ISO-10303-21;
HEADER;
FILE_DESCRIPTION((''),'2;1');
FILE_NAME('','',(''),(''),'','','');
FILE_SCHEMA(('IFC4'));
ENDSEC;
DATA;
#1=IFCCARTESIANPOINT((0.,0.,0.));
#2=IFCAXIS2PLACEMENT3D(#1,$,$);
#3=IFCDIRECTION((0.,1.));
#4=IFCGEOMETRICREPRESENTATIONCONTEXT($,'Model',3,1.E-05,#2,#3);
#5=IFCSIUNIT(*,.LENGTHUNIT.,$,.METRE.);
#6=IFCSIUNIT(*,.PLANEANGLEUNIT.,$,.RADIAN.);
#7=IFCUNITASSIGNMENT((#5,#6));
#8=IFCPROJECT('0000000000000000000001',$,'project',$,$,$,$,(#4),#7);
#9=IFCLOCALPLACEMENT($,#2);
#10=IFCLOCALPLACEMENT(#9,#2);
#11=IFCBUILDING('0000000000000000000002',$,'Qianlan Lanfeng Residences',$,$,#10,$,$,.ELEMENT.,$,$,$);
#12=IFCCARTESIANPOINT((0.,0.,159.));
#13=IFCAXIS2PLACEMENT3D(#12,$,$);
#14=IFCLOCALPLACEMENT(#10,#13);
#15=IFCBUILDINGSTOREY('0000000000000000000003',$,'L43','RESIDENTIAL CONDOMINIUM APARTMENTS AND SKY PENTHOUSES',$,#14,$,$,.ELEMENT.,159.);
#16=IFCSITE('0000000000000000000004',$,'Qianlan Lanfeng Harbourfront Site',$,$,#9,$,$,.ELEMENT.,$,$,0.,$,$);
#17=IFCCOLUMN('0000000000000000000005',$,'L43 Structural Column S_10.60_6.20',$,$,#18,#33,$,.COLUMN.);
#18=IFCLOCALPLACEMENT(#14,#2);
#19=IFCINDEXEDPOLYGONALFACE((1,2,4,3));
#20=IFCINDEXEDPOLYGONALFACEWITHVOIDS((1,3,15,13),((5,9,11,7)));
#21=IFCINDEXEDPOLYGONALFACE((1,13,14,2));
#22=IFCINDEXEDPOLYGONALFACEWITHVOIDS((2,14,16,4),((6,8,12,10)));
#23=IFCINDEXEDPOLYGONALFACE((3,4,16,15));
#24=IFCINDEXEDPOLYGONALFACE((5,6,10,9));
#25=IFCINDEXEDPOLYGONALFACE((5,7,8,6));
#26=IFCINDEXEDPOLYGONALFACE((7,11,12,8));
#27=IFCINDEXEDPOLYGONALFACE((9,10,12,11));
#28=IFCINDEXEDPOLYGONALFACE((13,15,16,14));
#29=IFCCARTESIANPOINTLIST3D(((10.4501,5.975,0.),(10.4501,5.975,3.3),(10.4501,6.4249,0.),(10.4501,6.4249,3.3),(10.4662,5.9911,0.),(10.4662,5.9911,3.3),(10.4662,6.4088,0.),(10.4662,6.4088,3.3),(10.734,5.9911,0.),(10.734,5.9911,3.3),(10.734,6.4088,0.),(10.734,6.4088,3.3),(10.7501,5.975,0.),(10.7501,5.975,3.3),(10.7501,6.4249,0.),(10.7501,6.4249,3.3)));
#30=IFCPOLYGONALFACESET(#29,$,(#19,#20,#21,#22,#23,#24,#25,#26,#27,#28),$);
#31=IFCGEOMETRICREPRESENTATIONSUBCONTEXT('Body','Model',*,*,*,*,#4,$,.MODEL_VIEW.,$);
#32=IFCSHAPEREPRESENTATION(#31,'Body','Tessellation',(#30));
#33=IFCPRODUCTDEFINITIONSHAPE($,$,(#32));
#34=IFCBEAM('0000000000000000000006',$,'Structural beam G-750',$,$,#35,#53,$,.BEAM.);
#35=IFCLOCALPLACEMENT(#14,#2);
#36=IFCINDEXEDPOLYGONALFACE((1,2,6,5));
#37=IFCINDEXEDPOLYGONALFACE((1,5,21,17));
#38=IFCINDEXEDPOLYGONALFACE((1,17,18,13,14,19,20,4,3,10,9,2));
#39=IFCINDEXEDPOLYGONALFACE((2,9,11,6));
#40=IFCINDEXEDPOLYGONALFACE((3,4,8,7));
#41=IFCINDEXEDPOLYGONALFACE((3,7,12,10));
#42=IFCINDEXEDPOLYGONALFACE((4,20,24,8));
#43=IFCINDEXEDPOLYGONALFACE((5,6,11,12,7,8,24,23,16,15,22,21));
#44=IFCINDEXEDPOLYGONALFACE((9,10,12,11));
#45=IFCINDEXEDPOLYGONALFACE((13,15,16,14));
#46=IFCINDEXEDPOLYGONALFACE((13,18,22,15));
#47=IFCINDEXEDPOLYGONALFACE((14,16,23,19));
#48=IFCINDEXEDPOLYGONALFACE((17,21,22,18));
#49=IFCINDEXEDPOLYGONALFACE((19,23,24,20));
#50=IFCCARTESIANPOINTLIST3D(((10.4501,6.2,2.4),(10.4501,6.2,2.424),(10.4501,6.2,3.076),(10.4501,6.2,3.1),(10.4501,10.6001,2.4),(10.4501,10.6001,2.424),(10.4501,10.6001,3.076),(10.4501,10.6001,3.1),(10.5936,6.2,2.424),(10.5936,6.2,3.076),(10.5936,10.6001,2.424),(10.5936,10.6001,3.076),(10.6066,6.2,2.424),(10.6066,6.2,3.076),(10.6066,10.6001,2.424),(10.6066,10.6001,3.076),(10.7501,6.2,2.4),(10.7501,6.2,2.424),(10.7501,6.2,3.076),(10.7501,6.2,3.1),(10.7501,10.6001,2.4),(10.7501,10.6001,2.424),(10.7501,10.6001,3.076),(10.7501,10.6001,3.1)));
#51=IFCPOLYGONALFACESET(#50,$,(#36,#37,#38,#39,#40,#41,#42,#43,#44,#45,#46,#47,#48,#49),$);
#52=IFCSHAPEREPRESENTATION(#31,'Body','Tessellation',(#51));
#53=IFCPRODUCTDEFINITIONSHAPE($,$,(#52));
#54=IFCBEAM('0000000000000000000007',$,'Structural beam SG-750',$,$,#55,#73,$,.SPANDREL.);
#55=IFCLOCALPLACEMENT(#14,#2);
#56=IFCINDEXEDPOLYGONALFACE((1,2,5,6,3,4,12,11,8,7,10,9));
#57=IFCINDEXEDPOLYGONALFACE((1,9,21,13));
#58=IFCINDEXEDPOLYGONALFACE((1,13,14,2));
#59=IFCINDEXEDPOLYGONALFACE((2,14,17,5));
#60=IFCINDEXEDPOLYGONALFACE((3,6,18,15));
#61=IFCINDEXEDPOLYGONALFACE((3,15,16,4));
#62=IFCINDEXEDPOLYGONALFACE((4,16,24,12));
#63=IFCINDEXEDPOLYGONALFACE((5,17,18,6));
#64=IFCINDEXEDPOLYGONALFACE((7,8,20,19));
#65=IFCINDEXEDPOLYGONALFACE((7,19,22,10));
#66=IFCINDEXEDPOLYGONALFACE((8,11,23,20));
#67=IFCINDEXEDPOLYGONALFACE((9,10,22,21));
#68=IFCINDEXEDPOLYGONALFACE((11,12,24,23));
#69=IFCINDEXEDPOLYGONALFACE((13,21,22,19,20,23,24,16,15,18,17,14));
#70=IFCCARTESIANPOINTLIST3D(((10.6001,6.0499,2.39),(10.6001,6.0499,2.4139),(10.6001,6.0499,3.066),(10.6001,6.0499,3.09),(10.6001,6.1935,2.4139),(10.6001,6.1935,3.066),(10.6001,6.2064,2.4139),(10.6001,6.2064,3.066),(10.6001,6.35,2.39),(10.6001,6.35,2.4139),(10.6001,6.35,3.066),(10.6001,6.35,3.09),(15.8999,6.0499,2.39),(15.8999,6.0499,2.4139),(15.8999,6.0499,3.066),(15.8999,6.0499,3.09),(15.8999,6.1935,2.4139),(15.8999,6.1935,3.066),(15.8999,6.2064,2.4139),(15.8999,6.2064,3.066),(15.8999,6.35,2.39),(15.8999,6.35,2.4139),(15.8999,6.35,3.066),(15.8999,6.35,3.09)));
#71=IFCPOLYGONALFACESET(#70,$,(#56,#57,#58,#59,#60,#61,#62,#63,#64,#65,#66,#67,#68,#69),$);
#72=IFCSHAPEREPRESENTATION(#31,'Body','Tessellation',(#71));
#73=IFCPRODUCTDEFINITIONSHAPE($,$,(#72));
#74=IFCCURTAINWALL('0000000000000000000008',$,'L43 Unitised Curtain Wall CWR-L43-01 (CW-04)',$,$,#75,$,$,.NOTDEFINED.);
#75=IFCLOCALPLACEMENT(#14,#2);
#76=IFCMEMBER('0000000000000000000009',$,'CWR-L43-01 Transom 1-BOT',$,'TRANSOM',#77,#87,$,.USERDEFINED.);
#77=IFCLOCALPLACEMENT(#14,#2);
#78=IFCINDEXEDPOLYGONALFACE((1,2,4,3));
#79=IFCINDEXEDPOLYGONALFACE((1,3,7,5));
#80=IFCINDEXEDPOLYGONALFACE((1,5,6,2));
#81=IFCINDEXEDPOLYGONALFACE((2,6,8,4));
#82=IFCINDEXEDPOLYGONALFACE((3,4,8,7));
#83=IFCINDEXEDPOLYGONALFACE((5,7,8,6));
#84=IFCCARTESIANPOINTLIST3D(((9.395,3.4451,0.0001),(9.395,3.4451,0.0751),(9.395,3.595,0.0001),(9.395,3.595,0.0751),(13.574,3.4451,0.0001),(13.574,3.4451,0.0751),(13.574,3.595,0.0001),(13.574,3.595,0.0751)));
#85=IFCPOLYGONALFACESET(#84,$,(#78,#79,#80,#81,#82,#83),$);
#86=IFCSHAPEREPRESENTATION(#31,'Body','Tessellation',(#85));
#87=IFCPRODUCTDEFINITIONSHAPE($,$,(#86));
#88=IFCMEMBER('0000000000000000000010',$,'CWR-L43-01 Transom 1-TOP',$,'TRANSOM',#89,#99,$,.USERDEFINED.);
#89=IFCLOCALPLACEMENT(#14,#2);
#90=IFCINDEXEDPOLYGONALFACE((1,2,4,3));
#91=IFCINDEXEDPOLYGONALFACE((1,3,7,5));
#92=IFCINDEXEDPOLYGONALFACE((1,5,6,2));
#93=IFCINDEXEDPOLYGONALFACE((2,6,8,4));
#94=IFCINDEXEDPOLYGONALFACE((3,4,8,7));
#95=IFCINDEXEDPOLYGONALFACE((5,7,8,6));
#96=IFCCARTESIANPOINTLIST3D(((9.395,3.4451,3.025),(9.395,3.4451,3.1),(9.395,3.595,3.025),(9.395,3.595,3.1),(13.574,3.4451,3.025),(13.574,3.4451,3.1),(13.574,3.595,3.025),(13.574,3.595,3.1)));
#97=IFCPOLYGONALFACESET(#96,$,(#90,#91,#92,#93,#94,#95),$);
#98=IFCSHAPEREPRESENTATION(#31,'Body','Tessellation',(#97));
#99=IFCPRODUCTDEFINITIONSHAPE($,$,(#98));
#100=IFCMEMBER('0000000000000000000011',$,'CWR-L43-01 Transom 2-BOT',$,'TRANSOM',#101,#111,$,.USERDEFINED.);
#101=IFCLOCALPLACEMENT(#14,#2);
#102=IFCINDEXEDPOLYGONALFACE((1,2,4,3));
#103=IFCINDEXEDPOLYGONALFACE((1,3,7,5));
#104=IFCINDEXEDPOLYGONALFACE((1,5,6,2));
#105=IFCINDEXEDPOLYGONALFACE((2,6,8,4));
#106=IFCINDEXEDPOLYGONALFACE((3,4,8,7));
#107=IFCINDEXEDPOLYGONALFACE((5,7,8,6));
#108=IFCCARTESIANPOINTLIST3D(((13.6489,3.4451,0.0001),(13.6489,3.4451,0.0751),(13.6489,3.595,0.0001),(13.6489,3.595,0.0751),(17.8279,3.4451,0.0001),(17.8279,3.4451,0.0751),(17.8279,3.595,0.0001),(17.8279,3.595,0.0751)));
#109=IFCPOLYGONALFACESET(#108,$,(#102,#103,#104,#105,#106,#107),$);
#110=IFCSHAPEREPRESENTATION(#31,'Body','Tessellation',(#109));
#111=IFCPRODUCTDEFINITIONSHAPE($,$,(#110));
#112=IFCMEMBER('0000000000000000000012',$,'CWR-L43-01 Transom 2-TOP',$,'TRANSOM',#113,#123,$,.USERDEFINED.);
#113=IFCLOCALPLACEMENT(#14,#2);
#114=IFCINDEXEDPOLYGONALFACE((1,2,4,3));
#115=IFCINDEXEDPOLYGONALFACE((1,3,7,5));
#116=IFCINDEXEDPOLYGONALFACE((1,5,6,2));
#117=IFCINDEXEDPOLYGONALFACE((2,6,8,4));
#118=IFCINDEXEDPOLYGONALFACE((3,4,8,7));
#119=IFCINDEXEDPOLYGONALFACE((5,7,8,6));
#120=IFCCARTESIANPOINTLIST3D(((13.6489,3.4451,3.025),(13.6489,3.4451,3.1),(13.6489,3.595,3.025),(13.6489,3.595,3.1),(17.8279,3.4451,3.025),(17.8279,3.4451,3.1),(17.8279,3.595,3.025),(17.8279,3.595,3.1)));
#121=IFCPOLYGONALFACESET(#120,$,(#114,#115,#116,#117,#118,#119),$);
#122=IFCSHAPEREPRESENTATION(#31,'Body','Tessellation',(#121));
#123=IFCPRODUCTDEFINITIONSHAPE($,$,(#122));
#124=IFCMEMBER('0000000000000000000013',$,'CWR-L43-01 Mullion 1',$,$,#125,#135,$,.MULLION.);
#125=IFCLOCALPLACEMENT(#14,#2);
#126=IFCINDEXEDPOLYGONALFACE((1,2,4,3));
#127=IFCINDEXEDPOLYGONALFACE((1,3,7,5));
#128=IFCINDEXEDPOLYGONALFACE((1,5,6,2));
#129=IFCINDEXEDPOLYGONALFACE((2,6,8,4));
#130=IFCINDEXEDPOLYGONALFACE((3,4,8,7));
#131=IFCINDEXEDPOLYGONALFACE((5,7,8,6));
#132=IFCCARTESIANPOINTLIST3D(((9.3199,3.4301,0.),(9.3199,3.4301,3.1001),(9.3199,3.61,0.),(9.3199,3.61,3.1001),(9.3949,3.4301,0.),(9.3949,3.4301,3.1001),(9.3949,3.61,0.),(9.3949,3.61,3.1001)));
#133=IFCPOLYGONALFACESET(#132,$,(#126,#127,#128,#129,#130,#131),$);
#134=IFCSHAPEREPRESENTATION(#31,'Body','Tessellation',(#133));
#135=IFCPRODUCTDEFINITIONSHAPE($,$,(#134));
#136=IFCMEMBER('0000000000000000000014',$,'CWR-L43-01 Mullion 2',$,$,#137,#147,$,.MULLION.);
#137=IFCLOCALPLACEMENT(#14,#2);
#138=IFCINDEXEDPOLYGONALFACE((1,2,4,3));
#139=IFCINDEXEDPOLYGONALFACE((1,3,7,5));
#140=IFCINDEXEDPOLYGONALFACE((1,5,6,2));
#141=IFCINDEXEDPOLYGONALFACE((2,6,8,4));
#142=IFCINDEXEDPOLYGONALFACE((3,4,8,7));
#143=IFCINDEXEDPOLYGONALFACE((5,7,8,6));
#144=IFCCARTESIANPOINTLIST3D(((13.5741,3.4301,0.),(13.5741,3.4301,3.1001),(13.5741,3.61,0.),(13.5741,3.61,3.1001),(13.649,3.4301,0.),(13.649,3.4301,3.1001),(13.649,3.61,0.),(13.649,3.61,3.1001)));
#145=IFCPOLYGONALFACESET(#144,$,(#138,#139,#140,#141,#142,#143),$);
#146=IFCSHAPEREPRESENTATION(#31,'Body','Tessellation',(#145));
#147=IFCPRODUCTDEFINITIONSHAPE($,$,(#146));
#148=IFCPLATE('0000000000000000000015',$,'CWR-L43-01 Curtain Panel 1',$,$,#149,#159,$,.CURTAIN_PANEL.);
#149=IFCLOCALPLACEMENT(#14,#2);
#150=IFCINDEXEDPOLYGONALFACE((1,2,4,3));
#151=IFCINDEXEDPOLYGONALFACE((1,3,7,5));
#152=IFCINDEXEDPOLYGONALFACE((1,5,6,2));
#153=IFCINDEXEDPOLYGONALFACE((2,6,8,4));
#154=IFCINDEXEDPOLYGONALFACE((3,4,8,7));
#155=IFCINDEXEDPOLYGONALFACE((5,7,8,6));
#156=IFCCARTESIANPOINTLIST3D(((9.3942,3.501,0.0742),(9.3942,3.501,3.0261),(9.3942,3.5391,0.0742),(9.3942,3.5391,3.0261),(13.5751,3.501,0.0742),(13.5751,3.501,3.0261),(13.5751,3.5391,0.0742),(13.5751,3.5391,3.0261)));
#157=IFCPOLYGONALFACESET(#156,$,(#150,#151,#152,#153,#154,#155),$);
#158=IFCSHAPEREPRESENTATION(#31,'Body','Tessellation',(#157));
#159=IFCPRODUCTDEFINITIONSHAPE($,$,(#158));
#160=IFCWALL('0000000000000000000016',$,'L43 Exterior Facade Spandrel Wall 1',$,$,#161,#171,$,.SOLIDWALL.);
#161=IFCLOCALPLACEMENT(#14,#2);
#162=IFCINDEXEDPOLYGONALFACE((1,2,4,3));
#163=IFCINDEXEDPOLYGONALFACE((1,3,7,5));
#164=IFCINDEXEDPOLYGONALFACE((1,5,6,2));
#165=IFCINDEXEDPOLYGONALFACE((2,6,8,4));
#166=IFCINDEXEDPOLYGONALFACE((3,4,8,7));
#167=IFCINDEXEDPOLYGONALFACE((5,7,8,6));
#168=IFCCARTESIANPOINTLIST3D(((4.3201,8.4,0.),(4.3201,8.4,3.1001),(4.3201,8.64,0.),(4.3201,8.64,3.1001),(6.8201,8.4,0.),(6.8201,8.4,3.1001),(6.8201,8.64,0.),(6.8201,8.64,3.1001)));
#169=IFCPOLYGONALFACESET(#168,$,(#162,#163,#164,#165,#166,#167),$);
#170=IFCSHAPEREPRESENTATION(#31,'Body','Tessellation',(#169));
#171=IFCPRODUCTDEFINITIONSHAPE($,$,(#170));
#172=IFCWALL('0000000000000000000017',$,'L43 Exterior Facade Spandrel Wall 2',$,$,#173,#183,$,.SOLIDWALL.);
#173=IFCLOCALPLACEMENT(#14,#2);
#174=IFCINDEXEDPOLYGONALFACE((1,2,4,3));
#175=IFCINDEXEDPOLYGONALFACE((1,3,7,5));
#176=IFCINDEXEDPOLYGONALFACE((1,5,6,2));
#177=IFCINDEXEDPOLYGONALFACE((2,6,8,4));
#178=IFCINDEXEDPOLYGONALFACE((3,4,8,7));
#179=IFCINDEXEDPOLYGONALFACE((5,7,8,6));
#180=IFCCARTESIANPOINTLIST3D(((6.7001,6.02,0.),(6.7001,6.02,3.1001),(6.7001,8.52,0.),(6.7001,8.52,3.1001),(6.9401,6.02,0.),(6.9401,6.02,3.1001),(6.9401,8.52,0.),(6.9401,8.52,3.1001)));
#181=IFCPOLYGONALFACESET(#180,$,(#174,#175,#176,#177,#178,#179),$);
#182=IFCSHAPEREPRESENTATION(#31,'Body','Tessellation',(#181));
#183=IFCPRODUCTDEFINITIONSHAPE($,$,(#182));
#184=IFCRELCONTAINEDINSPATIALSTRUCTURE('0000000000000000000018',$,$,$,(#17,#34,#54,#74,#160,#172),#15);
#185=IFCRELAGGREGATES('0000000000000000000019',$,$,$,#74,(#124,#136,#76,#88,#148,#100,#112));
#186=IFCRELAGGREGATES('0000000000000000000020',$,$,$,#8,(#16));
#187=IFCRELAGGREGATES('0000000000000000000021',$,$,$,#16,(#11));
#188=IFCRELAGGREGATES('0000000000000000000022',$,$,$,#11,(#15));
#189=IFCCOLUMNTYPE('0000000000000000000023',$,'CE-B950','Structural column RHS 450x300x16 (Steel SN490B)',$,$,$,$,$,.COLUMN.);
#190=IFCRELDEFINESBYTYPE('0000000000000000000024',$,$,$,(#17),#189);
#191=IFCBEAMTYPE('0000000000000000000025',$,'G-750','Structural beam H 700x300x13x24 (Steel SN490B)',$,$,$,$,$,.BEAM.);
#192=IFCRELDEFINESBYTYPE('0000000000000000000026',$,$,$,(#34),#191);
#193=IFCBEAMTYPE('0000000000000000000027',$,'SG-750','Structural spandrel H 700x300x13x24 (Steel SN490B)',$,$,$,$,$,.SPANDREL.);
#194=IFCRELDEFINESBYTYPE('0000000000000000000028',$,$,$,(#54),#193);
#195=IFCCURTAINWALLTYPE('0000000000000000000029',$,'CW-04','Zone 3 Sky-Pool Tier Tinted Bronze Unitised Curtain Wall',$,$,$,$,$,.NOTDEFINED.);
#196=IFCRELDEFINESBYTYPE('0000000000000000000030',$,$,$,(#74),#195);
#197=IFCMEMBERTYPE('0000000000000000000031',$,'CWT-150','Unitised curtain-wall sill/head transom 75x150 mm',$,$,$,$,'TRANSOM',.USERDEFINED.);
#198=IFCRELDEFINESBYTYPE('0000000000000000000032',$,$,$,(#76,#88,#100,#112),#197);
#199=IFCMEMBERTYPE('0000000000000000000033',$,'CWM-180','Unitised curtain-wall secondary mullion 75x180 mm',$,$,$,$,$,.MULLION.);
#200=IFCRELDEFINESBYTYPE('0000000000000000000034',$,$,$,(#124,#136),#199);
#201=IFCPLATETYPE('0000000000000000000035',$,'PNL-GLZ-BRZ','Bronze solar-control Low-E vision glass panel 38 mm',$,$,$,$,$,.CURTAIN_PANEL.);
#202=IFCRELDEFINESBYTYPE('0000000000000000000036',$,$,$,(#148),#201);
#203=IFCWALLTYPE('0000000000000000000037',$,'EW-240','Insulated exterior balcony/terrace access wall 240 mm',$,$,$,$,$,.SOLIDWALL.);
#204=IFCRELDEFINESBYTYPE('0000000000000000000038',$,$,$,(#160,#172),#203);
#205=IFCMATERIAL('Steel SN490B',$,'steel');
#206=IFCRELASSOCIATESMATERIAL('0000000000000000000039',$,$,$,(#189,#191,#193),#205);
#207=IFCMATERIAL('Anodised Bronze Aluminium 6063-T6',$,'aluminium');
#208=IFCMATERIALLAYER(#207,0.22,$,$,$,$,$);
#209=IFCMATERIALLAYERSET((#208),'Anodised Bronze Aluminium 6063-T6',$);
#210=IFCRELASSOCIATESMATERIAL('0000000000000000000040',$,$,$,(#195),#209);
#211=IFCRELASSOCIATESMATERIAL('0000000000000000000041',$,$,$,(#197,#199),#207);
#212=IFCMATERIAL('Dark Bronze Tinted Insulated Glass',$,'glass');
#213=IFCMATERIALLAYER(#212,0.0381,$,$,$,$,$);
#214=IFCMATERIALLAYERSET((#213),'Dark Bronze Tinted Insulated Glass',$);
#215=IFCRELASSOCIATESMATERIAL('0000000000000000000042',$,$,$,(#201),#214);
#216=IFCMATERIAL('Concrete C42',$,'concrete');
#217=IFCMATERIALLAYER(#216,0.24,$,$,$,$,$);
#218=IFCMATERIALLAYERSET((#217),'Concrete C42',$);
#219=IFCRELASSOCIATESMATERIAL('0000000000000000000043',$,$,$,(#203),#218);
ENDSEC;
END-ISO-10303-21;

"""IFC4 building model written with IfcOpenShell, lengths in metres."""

from ifc_helpers import new_model, si_unit, direction, frame, frame_2d, origin, origin_2d, place, context, subcontext, project, spatial, rectangle, hollow_rectangle, i_section, extrude, source, transform, mapped, material, layer, layer_set, material_profile, profile_set, type_object, element, aggregate, save


model = new_model("IFC4")

# Units and contexts
model_context = context("Model", 3, precision=1e-05, world=origin(), true_north=direction((0.0, 1.0)))
body_context = subcontext(model_context, "Body", "Model", "MODEL_VIEW")
ifc_project = project(units=[si_unit("LENGTHUNIT", "METRE"), si_unit("PLANEANGLEUNIT", "RADIAN")], contexts=[model_context])

# Site, building, storey
site_placement = place(None, origin())
site = spatial("IfcSite", under=ifc_project, at=site_placement, Name="Qianlan Lanfeng Harbourfront Site", CompositionType="ELEMENT", RefElevation=0.0)
building_placement = place(site_placement, origin())
building = spatial("IfcBuilding", under=site, at=building_placement, Name="Qianlan Lanfeng Residences", CompositionType="ELEMENT")
storey_placement = place(building_placement, frame((0.0, 0.0, 159.0)))
storey = spatial("IfcBuildingStorey", under=building, at=storey_placement, Name="L43", Description="RESIDENTIAL CONDOMINIUM APARTMENTS AND SKY PENTHOUSES", CompositionType="ELEMENT", Elevation=159.0)

# Column
ifc_material_1 = material(Name="Steel SN490B", Category="steel")
ifc_material_profile_1 = material_profile(ifc_material_1, hollow_rectangle(XDim=0.3, YDim=0.45, WallThickness=0.0161, at=origin_2d()), Name="RHS 450x300x16")
ifc_profile_set_1 = profile_set([ifc_material_profile_1], Name="Steel SN490B")
column_type = type_object("IfcColumnType", Name="CE-B950", Description="Structural column RHS 450x300x16 (Steel SN490B)", PredefinedType="COLUMN", material=ifc_profile_set_1)
column_placement = place(storey_placement, frame((10.6001, 6.2, 0.0), z_axis=(0.0, 0.0, 1.0), x_axis=(1.0, 0.0, 0.0)))
element("IfcColumn", 1, at=column_placement, inside=storey, type_object=column_type, Name="L43 Structural Column S_10.60_6.20", PredefinedType="COLUMN", context=body_context, shape_type="SweptSolid", body=[
    extrude(hollow_rectangle(XDim=0.3, YDim=0.45, WallThickness=0.0161, at=origin_2d()), origin(), (0.0, 0.0, 1.0), 3.3),
])

# Beams
ifc_material_profile_2 = material_profile(ifc_material_1, i_section(OverallWidth=0.3, OverallDepth=0.7, WebThickness=0.0129, FlangeThickness=0.0239, at=origin_2d()), Name="H 700x300x13x24")
ifc_profile_set_2 = profile_set([ifc_material_profile_2], Name="Steel SN490B")
beam_type_1 = type_object("IfcBeamType", Name="G-750", Description="Structural beam H 700x300x13x24 (Steel SN490B)", PredefinedType="BEAM", material=ifc_profile_set_2)
beam_1_placement = place(storey_placement, frame((10.6001, 6.2, 2.75), z_axis=(0.0, 1.0, 0.0), x_axis=(-1.0, 0.0, 0.0)))
element("IfcBeam", 2, at=beam_1_placement, inside=storey, type_object=beam_type_1, Name="Structural beam G-750", PredefinedType="BEAM", context=body_context, shape_type="SweptSolid", body=[
    extrude(i_section(OverallWidth=0.3, OverallDepth=0.7, WebThickness=0.0129, FlangeThickness=0.0239, at=origin_2d()), origin(), (0.0, 0.0, 1.0), 4.4001),
])
ifc_material_profile_3 = material_profile(ifc_material_1, i_section(OverallWidth=0.3, OverallDepth=0.7, WebThickness=0.0129, FlangeThickness=0.0239, at=origin_2d()), Name="H 700x300x13x24")
ifc_profile_set_3 = profile_set([ifc_material_profile_3], Name="Steel SN490B")
beam_type_2 = type_object("IfcBeamType", Name="SG-750", Description="Structural spandrel H 700x300x13x24 (Steel SN490B)", PredefinedType="SPANDREL", material=ifc_profile_set_3)
beam_2_placement = place(storey_placement, frame((10.6001, 6.2, 2.74), z_axis=(1.0, 0.0, 0.0), x_axis=(0.0, 1.0, 0.0)))
element("IfcBeam", 3, at=beam_2_placement, inside=storey, type_object=beam_type_2, Name="Structural beam SG-750", PredefinedType="SPANDREL", context=body_context, shape_type="SweptSolid", body=[
    extrude(i_section(OverallWidth=0.3, OverallDepth=0.7, WebThickness=0.0129, FlangeThickness=0.0239, at=origin_2d()), origin(), (0.0, 0.0, 1.0), 5.2998),
])

# Curtain wall, members, plate
ifc_material_2 = material(Name="Anodised Bronze Aluminium 6063-T6", Category="aluminium")
ifc_layer_1 = layer(ifc_material_2, 0.22)
ifc_layer_set_1 = layer_set([ifc_layer_1], Name="Anodised Bronze Aluminium 6063-T6")
curtain_wall_type = type_object("IfcCurtainWallType", Name="CW-04", Description="Zone 3 Sky-Pool Tier Tinted Bronze Unitised Curtain Wall", PredefinedType="NOTDEFINED", material=ifc_layer_set_1)
curtain_wall_placement = place(storey_placement, origin())
curtain_wall = element("IfcCurtainWall", 4, at=curtain_wall_placement, inside=storey, type_object=curtain_wall_type, Name="L43 Unitised Curtain Wall CWR-L43-01 (CW-04)", PredefinedType="NOTDEFINED")
ifc_material_profile_4 = material_profile(ifc_material_2, rectangle(XDim=0.075, YDim=0.1499, at=origin_2d()), Name="ALU TRANSOM 75x150")
ifc_profile_set_4 = profile_set([ifc_material_profile_4], Name="Anodised Bronze Aluminium 6063-T6")
member_type_1 = type_object("IfcMemberType", Name="CWT-150", Description="Unitised curtain-wall sill/head transom 75x150 mm", ElementType="TRANSOM", PredefinedType="USERDEFINED", material=ifc_profile_set_4)
shared_shape_1 = source(origin(), body_context, "Body", "SweptSolid", [
    extrude(rectangle(XDim=0.075, YDim=0.1499, at=origin_2d()), origin(), (0.0, 0.0, 1.0), 4.179),
])
member_1_placement = place(storey_placement, frame((9.395, 3.52, 0.0376), z_axis=(1.0, 0.0, 0.0), x_axis=(0.0, 0.0, 1.0)))
member_1 = element("IfcMember", 5, at=member_1_placement, type_object=member_type_1, Name="CWR-L43-01 Transom 1-BOT", ObjectType="TRANSOM", PredefinedType="USERDEFINED", context=body_context, shape_type="MappedRepresentation", body=[
    mapped(shared_shape_1, transform((0.0, 0.0, 0.0), scale=1.0)),
])
member_2_placement = place(storey_placement, frame((9.395, 3.52, 3.0625), z_axis=(1.0, 0.0, 0.0), x_axis=(0.0, 0.0, 1.0)))
member_2 = element("IfcMember", 6, at=member_2_placement, type_object=member_type_1, Name="CWR-L43-01 Transom 1-TOP", ObjectType="TRANSOM", PredefinedType="USERDEFINED", context=body_context, shape_type="MappedRepresentation", body=[
    mapped(shared_shape_1, transform((0.0, 0.0, 0.0), scale=1.0)),
])
member_3_placement = place(storey_placement, frame((13.6489, 3.52, 0.0376), z_axis=(1.0, 0.0, 0.0), x_axis=(0.0, 0.0, 1.0)))
member_3 = element("IfcMember", 7, at=member_3_placement, type_object=member_type_1, Name="CWR-L43-01 Transom 2-BOT", ObjectType="TRANSOM", PredefinedType="USERDEFINED", context=body_context, shape_type="MappedRepresentation", body=[
    mapped(shared_shape_1, transform((0.0, 0.0, 0.0), scale=1.0)),
])
member_4_placement = place(storey_placement, frame((13.6489, 3.52, 3.0625), z_axis=(1.0, 0.0, 0.0), x_axis=(0.0, 0.0, 1.0)))
member_4 = element("IfcMember", 8, at=member_4_placement, type_object=member_type_1, Name="CWR-L43-01 Transom 2-TOP", ObjectType="TRANSOM", PredefinedType="USERDEFINED", context=body_context, shape_type="MappedRepresentation", body=[
    mapped(shared_shape_1, transform((0.0, 0.0, 0.0), scale=1.0)),
])
ifc_material_profile_5 = material_profile(ifc_material_2, rectangle(XDim=0.075, YDim=0.1799, at=origin_2d()), Name="ALU MULLION 75x180")
ifc_profile_set_5 = profile_set([ifc_material_profile_5], Name="Anodised Bronze Aluminium 6063-T6")
member_type_2 = type_object("IfcMemberType", Name="CWM-180", Description="Unitised curtain-wall secondary mullion 75x180 mm", PredefinedType="MULLION", material=ifc_profile_set_5)
shared_shape_2 = source(origin(), body_context, "Body", "SweptSolid", [
    extrude(rectangle(XDim=0.075, YDim=0.1799, at=origin_2d()), origin(), (0.0, 0.0, 1.0), 3.1001),
])
member_5_placement = place(storey_placement, frame((9.3574, 3.52, 0.0), z_axis=(0.0, 0.0, 1.0), x_axis=(1.0, 0.0, 0.0)))
member_5 = element("IfcMember", 9, at=member_5_placement, type_object=member_type_2, Name="CWR-L43-01 Mullion 1", PredefinedType="MULLION", context=body_context, shape_type="MappedRepresentation", body=[
    mapped(shared_shape_2, transform((0.0, 0.0, 0.0), scale=1.0)),
])
member_6_placement = place(storey_placement, frame((13.6116, 3.52, 0.0), z_axis=(0.0, 0.0, 1.0), x_axis=(1.0, 0.0, 0.0)))
member_6 = element("IfcMember", 10, at=member_6_placement, type_object=member_type_2, Name="CWR-L43-01 Mullion 2", PredefinedType="MULLION", context=body_context, shape_type="MappedRepresentation", body=[
    mapped(shared_shape_2, transform((0.0, 0.0, 0.0), scale=1.0)),
])
ifc_material_3 = material(Name="Dark Bronze Tinted Insulated Glass", Category="glass")
ifc_layer_2 = layer(ifc_material_3, 0.0381)
ifc_layer_set_2 = layer_set([ifc_layer_2], Name="Dark Bronze Tinted Insulated Glass")
plate_type = type_object("IfcPlateType", Name="PNL-GLZ-BRZ", Description="Bronze solar-control Low-E vision glass panel 38 mm", PredefinedType="CURTAIN_PANEL", material=ifc_layer_set_2)
shared_shape_3 = source(origin(), body_context, "Body", "SweptSolid", [
    extrude(rectangle(XDim=4.1809, YDim=0.0381, at=origin_2d()), origin(), (0.0, 0.0, 1.0), 2.9519),
])
plate_placement = place(storey_placement, frame((11.4846, 3.52, 0.0742), z_axis=(0.0, 0.0, 1.0), x_axis=(1.0, 0.0, 0.0)))
plate = element("IfcPlate", 11, at=plate_placement, type_object=plate_type, Name="CWR-L43-01 Curtain Panel 1", PredefinedType="CURTAIN_PANEL", context=body_context, shape_type="MappedRepresentation", body=[
    mapped(shared_shape_3, transform((0.0, 0.0, 0.0), scale=1.0)),
])
aggregate(curtain_wall, [member_5, member_6, member_1, member_2, plate, member_3, member_4])

# Walls
ifc_material_4 = material(Name="Concrete C42", Category="concrete")
ifc_layer_3 = layer(ifc_material_4, 0.24)
ifc_layer_set_3 = layer_set([ifc_layer_3], Name="Concrete C42")
wall_type_1 = type_object("IfcWallType", Name="EW-240", Description="Insulated exterior balcony/terrace access wall 240 mm", PredefinedType="SOLIDWALL", material=ifc_layer_set_3)
for number, where, z_axis, x_axis, name in (
    (12, (4.3201, 8.52, 0.0), (0.0, 0.0, 1.0), (1.0, 0.0, 0.0), "L43 Exterior Facade Spandrel Wall 1"),
    (13, (6.8201, 8.52, 0.0), (0.0, 0.0, 1.0), (0.0, -1.0, 0.0), "L43 Exterior Facade Spandrel Wall 2"),
):
    element("IfcWall", number, at=place(storey_placement, frame(where, z_axis=z_axis, x_axis=x_axis)), inside=storey, type_object=wall_type_1, Name=name, PredefinedType="SOLIDWALL", context=body_context, shape_type="SweptSolid", body=[
        extrude(rectangle(XDim=2.5, YDim=0.24, at=frame_2d((1.25, 0.0))), origin(), (0.0, 0.0, 1.0), 3.1001),
    ])

save(model, "model.ifc")
